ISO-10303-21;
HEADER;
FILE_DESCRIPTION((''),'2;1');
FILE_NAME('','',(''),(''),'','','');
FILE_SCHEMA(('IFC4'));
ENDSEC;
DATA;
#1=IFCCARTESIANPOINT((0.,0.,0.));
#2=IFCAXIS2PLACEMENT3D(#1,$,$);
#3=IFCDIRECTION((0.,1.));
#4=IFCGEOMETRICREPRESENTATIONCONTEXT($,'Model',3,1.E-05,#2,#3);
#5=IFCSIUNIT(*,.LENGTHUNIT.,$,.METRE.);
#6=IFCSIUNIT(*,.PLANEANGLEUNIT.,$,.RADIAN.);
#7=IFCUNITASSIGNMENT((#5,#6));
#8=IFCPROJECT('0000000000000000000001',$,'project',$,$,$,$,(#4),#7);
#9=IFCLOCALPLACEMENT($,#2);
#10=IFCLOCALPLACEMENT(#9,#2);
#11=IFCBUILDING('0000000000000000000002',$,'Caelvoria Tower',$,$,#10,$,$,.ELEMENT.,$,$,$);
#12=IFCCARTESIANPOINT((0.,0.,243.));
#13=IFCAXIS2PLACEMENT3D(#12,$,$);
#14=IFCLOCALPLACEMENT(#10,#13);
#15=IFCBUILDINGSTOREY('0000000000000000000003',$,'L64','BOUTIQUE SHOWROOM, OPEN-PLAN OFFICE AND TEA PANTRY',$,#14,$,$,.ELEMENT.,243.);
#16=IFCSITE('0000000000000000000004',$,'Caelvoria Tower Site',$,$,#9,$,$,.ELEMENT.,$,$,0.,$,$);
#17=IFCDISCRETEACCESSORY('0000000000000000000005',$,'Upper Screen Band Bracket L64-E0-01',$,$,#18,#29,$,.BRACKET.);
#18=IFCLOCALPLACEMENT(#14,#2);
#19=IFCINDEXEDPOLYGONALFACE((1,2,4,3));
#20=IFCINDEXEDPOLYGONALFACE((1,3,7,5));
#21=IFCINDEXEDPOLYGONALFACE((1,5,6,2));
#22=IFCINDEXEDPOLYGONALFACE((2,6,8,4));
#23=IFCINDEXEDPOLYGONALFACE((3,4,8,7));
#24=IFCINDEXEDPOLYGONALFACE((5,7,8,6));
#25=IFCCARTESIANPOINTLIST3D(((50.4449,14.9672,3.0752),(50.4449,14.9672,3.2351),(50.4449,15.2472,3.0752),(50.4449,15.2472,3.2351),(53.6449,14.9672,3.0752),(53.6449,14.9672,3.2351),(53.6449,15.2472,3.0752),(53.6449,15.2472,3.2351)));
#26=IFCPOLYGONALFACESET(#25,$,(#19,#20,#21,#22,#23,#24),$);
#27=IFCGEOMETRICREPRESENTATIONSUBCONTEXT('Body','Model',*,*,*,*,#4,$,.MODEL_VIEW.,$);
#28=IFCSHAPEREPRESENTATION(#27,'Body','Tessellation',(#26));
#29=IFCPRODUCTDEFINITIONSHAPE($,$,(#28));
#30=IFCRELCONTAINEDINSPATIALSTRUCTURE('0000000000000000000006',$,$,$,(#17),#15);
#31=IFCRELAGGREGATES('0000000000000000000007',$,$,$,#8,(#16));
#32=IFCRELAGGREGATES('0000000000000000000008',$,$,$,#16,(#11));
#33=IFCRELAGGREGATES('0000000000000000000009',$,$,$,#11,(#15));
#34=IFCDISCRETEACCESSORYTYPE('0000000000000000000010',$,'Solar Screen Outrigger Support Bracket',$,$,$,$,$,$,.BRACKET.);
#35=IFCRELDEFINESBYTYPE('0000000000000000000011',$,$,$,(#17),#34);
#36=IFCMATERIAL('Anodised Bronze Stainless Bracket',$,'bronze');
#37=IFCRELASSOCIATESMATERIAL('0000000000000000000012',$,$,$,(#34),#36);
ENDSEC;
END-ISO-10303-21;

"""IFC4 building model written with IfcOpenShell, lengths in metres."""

from ifc_helpers import new_model, si_unit, direction, frame, origin, origin_2d, place, context, subcontext, project, spatial, rectangle, extrude, material, type_object, element, save


model = new_model("IFC4")

# Units and contexts
model_context = context("Model", 3, precision=1e-05, world=origin(), true_north=direction((0.0, 1.0)))
body_context = subcontext(model_context, "Body", "Model", "MODEL_VIEW")
ifc_project = project(units=[si_unit("LENGTHUNIT", "METRE"), si_unit("PLANEANGLEUNIT", "RADIAN")], contexts=[model_context])

# Site, building, storey
site_placement = place(None, origin())
site = spatial("IfcSite", under=ifc_project, at=site_placement, Name="Caelvoria Tower Site", CompositionType="ELEMENT", RefElevation=0.0)
building_placement = place(site_placement, origin())
building = spatial("IfcBuilding", under=site, at=building_placement, Name="Caelvoria Tower", CompositionType="ELEMENT")
storey_placement = place(building_placement, frame((0.0, 0.0, 243.0)))
storey = spatial("IfcBuildingStorey", under=building, at=storey_placement, Name="L64", Description="BOUTIQUE SHOWROOM, OPEN-PLAN OFFICE AND TEA PANTRY", CompositionType="ELEMENT", Elevation=243.0)

# Discrete accessory
ifc_material_1 = material(Name="Anodised Bronze Stainless Bracket", Category="bronze")
discrete_accessory_type = type_object("IfcDiscreteAccessoryType", Name="Solar Screen Outrigger Support Bracket", PredefinedType="BRACKET", material=ifc_material_1)
for number, where, z_axis, x_axis, name in (
    (1, (52.0449, 15.1072, 3.0752), (0.0, 0.0, 1.0), (1.0, 0.0, 0.0), "Upper Screen Band Bracket L64-E0-01"),
):
    element("IfcDiscreteAccessory", number, at=place(storey_placement, frame(where, z_axis=z_axis, x_axis=x_axis)), inside=storey, type_object=discrete_accessory_type, Name=name, PredefinedType="BRACKET", context=body_context, shape_type="SweptSolid", body=[
        extrude(rectangle(XDim=3.2, YDim=0.28, at=origin_2d()), origin(), (0.0, 0.0, 1.0), 0.1599),
    ])

save(model, "model.ifc")
